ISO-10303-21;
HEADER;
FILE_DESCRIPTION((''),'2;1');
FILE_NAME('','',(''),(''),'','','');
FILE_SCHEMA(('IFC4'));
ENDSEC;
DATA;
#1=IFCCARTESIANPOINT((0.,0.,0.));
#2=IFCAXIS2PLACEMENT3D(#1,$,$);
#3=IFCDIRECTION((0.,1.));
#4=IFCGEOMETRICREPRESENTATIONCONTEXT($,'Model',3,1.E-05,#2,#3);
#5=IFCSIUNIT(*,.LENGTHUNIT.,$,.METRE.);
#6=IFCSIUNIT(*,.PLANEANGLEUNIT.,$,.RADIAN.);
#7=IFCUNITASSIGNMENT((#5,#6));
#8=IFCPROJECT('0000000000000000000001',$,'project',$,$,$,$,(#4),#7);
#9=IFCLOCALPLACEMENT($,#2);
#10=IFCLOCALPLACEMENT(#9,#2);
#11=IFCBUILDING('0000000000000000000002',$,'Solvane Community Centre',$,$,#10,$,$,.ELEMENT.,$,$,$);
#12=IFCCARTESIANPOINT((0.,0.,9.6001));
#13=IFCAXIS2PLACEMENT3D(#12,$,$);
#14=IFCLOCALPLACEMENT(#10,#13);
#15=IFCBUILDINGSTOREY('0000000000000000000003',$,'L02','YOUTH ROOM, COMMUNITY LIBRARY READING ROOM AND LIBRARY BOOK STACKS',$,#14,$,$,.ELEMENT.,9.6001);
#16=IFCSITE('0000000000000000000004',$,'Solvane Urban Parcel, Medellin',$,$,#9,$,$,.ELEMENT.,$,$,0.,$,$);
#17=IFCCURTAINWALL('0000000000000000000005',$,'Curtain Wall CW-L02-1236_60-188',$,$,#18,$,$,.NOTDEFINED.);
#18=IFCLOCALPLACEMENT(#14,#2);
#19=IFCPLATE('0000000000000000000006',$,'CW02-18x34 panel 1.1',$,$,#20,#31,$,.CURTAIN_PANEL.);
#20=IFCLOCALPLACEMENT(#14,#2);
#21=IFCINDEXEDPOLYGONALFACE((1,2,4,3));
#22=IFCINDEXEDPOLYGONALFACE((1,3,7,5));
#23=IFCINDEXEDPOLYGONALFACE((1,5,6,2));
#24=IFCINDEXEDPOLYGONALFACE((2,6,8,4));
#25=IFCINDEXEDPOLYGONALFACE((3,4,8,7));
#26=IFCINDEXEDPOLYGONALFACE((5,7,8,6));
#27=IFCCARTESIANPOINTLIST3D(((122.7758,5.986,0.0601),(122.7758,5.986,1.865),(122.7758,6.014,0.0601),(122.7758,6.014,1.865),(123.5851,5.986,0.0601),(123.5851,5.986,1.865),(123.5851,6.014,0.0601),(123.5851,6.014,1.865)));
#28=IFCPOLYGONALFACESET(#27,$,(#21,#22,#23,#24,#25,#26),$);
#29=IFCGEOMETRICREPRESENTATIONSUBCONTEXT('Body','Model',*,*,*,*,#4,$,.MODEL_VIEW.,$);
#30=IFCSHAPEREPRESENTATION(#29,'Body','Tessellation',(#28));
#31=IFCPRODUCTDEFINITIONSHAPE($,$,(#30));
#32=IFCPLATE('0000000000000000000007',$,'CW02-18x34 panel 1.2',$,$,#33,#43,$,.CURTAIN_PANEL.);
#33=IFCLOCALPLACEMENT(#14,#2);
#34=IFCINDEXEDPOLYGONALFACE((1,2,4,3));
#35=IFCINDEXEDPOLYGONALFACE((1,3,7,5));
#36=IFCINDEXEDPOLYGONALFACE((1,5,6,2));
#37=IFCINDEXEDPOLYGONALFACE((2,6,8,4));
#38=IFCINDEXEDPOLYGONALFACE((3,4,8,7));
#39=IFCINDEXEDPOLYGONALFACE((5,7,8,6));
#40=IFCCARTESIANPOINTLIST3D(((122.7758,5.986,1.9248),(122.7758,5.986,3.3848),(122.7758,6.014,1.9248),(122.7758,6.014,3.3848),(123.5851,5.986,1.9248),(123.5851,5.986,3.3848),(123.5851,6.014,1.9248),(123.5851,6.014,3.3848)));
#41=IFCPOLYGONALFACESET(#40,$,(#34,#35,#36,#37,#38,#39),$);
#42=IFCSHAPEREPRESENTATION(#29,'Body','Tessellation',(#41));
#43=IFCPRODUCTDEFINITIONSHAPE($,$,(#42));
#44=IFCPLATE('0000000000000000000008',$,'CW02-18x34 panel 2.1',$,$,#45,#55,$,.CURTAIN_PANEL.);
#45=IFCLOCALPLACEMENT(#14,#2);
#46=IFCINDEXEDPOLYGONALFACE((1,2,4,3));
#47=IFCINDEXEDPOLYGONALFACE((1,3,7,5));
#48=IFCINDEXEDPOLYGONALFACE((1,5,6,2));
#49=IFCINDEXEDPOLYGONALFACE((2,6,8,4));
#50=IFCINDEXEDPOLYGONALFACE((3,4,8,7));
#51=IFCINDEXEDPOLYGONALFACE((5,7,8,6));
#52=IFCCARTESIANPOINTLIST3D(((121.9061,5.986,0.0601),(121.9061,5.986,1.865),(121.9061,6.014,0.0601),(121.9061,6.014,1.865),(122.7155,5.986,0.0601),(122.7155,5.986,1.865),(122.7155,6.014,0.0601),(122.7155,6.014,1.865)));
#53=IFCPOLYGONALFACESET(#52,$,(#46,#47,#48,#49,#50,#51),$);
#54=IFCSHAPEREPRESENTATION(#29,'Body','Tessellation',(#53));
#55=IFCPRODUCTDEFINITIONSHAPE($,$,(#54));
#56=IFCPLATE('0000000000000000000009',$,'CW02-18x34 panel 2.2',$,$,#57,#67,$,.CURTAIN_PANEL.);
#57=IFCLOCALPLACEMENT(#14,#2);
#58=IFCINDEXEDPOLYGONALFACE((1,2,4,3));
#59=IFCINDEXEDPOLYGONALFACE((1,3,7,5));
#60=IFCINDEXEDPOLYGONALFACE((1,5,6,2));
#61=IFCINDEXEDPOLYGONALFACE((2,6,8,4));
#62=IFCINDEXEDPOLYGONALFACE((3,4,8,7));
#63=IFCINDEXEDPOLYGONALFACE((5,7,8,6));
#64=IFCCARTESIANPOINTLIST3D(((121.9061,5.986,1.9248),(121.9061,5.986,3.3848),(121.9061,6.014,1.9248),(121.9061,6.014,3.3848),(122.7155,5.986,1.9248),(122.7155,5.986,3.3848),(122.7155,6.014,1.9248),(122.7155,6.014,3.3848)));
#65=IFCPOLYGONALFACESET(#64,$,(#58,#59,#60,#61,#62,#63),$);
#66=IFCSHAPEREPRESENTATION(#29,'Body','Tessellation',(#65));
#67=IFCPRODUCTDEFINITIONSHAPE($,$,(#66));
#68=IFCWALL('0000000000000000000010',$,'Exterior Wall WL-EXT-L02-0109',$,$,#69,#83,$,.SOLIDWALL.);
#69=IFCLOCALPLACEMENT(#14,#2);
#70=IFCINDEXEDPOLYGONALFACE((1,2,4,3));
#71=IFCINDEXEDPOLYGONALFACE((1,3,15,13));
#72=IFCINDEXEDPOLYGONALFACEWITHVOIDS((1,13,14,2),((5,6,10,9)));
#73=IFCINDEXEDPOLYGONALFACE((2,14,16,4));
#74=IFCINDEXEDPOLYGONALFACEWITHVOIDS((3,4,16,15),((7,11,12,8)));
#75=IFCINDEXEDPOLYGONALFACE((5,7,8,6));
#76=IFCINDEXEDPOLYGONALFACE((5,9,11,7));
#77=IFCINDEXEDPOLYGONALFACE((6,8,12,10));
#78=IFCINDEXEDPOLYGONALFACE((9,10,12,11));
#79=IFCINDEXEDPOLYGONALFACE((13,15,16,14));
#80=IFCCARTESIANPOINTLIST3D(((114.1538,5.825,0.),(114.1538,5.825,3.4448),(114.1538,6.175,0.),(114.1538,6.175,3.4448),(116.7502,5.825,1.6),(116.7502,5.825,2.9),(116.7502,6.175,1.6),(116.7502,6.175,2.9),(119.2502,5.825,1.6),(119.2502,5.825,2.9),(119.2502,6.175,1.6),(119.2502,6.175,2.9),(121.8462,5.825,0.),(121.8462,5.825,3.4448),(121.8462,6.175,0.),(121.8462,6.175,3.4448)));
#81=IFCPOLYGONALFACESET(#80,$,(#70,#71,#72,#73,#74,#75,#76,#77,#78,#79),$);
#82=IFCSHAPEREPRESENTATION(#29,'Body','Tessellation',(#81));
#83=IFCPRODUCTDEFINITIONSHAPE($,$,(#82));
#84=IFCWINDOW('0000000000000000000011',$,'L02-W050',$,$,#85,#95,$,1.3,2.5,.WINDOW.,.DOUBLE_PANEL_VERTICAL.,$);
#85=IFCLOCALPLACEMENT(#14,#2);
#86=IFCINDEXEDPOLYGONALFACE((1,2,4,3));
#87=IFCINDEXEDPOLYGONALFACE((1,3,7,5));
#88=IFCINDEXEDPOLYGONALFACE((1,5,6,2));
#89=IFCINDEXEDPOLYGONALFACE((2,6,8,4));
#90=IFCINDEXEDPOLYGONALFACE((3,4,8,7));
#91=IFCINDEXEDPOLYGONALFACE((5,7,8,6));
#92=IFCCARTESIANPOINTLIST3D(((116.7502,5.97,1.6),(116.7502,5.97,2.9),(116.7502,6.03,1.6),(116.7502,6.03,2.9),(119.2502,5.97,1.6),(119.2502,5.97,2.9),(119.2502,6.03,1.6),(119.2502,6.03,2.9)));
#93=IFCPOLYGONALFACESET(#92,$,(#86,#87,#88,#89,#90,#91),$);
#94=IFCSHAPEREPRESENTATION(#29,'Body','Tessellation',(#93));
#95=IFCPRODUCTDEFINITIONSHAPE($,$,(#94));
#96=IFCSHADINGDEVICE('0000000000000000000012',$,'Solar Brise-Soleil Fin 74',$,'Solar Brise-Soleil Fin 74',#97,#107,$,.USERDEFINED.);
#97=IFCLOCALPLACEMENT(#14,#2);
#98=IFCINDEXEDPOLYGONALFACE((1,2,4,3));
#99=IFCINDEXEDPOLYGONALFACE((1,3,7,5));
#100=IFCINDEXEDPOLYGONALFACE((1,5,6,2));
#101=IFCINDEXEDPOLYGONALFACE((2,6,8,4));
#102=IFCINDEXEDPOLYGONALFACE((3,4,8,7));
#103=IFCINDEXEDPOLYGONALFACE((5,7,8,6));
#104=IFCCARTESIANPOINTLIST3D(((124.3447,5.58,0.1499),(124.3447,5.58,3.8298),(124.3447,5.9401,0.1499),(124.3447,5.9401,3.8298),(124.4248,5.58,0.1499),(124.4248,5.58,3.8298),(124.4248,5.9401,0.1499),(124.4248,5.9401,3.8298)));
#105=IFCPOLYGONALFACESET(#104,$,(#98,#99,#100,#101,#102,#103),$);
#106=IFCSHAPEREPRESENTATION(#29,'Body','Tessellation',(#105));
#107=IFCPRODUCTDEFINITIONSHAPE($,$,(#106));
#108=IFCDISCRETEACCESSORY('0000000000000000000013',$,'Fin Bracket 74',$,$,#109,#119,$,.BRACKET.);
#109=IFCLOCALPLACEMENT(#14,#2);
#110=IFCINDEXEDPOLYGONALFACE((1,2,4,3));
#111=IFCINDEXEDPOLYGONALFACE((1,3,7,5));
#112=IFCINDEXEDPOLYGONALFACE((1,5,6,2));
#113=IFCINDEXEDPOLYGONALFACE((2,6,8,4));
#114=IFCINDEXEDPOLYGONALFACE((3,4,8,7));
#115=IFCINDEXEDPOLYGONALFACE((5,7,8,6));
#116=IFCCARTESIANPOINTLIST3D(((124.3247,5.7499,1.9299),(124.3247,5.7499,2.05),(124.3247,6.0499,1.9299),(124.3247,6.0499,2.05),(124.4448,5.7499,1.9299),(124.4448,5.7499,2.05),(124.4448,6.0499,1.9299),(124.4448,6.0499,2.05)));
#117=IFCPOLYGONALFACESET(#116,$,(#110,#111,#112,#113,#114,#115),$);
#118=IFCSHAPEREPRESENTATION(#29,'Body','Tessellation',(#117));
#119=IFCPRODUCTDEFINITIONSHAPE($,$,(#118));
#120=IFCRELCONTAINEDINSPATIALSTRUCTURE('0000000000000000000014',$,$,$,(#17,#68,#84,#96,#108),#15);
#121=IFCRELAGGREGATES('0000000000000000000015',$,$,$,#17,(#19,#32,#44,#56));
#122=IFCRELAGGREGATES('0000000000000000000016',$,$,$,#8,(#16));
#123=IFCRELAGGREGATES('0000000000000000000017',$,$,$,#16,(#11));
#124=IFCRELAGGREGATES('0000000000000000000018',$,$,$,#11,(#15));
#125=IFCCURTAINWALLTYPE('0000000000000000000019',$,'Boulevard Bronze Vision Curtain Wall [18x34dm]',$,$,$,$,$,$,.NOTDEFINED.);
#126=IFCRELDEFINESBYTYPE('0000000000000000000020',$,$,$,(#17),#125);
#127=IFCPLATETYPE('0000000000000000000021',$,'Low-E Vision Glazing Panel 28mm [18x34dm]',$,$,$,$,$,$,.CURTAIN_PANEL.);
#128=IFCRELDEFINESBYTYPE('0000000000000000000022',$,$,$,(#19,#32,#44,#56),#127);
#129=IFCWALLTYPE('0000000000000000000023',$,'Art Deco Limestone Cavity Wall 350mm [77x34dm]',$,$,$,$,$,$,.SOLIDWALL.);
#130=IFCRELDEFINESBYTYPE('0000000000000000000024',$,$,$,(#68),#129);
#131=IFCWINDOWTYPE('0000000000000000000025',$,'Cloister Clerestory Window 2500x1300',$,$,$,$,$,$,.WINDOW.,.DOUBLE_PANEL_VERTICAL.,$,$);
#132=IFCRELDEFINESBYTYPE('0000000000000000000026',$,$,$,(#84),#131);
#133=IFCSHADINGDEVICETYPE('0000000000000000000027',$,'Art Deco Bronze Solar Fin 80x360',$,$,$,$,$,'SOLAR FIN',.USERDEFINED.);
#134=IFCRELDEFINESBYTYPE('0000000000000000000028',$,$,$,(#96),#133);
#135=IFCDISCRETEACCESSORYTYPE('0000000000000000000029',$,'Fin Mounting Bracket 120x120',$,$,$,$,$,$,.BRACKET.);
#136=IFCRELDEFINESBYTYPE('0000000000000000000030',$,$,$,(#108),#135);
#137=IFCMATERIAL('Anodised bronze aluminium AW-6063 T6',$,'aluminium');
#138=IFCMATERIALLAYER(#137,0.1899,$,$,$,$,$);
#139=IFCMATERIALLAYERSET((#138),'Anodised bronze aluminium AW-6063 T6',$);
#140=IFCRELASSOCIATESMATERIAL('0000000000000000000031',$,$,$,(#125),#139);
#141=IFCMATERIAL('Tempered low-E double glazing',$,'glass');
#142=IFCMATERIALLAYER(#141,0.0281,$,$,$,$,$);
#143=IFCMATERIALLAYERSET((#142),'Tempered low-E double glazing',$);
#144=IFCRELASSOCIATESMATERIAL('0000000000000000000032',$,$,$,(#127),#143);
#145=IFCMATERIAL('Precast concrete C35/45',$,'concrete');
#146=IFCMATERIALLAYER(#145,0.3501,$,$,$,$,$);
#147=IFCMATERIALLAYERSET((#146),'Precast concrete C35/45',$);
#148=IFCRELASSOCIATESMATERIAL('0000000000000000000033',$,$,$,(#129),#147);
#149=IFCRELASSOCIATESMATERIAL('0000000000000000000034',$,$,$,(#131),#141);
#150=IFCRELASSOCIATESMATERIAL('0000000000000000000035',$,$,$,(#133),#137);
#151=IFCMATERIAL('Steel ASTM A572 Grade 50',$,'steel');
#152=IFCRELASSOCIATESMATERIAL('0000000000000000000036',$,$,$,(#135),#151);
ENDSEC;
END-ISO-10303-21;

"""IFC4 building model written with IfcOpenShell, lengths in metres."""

from ifc_helpers import new_model, si_unit, direction, frame, frame_2d, origin, origin_2d, place, context, subcontext, project, spatial, rectangle, extrude, material, layer, layer_set, type_object, element, fill, aggregate, save


model = new_model("IFC4")

# Units and contexts
model_context = context("Model", 3, precision=1e-05, world=origin(), true_north=direction((0.0, 1.0)))
body_context = subcontext(model_context, "Body", "Model", "MODEL_VIEW")
ifc_project = project(units=[si_unit("LENGTHUNIT", "METRE"), si_unit("PLANEANGLEUNIT", "RADIAN")], contexts=[model_context])

# Site, building, storey
site_placement = place(None, origin())
site = spatial("IfcSite", under=ifc_project, at=site_placement, Name="Solvane Urban Parcel, Medellin", CompositionType="ELEMENT", RefElevation=0.0)
building_placement = place(site_placement, origin())
building = spatial("IfcBuilding", under=site, at=building_placement, Name="Solvane Community Centre", CompositionType="ELEMENT")
storey_placement = place(building_placement, frame((0.0, 0.0, 9.6001)))
storey = spatial("IfcBuildingStorey", under=building, at=storey_placement, Name="L02", Description="YOUTH ROOM, COMMUNITY LIBRARY READING ROOM AND LIBRARY BOOK STACKS", CompositionType="ELEMENT", Elevation=9.6001)

# Shared definitions
ifc_material_1 = material(Name="Precast concrete C35/45", Category="concrete")

# Curtain wall
ifc_material_2 = material(Name="Anodised bronze aluminium AW-6063 T6", Category="aluminium")
ifc_layer_1 = layer(ifc_material_2, 0.1899)
ifc_layer_set_1 = layer_set([ifc_layer_1], Name="Anodised bronze aluminium AW-6063 T6")
curtain_wall_type = type_object("IfcCurtainWallType", Name="Boulevard Bronze Vision Curtain Wall [18x34dm]", PredefinedType="NOTDEFINED", material=ifc_layer_set_1)
curtain_wall_placement = place(storey_placement, origin())
curtain_wall = element("IfcCurtainWall", 1, at=curtain_wall_placement, inside=storey, type_object=curtain_wall_type, Name="Curtain Wall CW-L02-1236_60-188", PredefinedType="NOTDEFINED")

# Plates
ifc_material_3 = material(Name="Tempered low-E double glazing", Category="glass")
ifc_layer_2 = layer(ifc_material_3, 0.0281)
ifc_layer_set_2 = layer_set([ifc_layer_2], Name="Tempered low-E double glazing")
plate_type_1 = type_object("IfcPlateType", Name="Low-E Vision Glazing Panel 28mm [18x34dm]", PredefinedType="CURTAIN_PANEL", material=ifc_layer_set_2)
plate_1_placement = place(storey_placement, frame((123.1804, 6.0, 0.0601), z_axis=(0.0, 0.0, 1.0), x_axis=(-1.0, 0.0, 0.0)))
plate_1 = element("IfcPlate", 2, at=plate_1_placement, type_object=plate_type_1, Name="CW02-18x34 panel 1.1", PredefinedType="CURTAIN_PANEL", context=body_context, shape_type="SweptSolid", body=[
    extrude(rectangle(XDim=0.8093, YDim=0.0281, at=origin_2d()), origin(), (0.0, 0.0, 1.0), 1.8049),
])
plate_2_placement = place(storey_placement, frame((123.1804, 6.0, 1.9248), z_axis=(0.0, 0.0, 1.0), x_axis=(-1.0, 0.0, 0.0)))
plate_2 = element("IfcPlate", 3, at=plate_2_placement, type_object=plate_type_1, Name="CW02-18x34 panel 1.2", PredefinedType="CURTAIN_PANEL", context=body_context, shape_type="SweptSolid", body=[
    extrude(rectangle(XDim=0.8093, YDim=0.0281, at=origin_2d()), origin(), (0.0, 0.0, 1.0), 1.46),
])
plate_3_placement = place(storey_placement, frame((122.3108, 6.0, 0.0601), z_axis=(0.0, 0.0, 1.0), x_axis=(-1.0, 0.0, 0.0)))
plate_3 = element("IfcPlate", 4, at=plate_3_placement, type_object=plate_type_1, Name="CW02-18x34 panel 2.1", PredefinedType="CURTAIN_PANEL", context=body_context, shape_type="SweptSolid", body=[
    extrude(rectangle(XDim=0.8093, YDim=0.0281, at=origin_2d()), origin(), (0.0, 0.0, 1.0), 1.8049),
])
plate_4_placement = place(storey_placement, frame((122.3108, 6.0, 1.9248), z_axis=(0.0, 0.0, 1.0), x_axis=(-1.0, 0.0, 0.0)))
plate_4 = element("IfcPlate", 5, at=plate_4_placement, type_object=plate_type_1, Name="CW02-18x34 panel 2.2", PredefinedType="CURTAIN_PANEL", context=body_context, shape_type="SweptSolid", body=[
    extrude(rectangle(XDim=0.8093, YDim=0.0281, at=origin_2d()), origin(), (0.0, 0.0, 1.0), 1.46),
])
aggregate(curtain_wall, [plate_1, plate_2, plate_3, plate_4])

# Wall, opening, window
ifc_layer_3 = layer(ifc_material_1, 0.3501)
ifc_layer_set_3 = layer_set([ifc_layer_3], Name="Precast concrete C35/45")
wall_type = type_object("IfcWallType", Name="Art Deco Limestone Cavity Wall 350mm [77x34dm]", PredefinedType="SOLIDWALL", material=ifc_layer_set_3)
wall_placement = place(storey_placement, frame((121.8462, 6.0, 0.0), z_axis=(0.0, 0.0, 1.0), x_axis=(-1.0, 0.0, 0.0)))
wall = element("IfcWall", 6, at=wall_placement, inside=storey, type_object=wall_type, Name="Exterior Wall WL-EXT-L02-0109", PredefinedType="SOLIDWALL", context=body_context, shape_type="SweptSolid", body=[
    extrude(rectangle(XDim=7.6924, YDim=0.3501, at=frame_2d((3.8462, 0.0))), origin(), (0.0, 0.0, 1.0), 3.4448),
])
opening_placement = place(wall_placement, frame((2.5959, 0.0, 1.6001)))
opening = element("IfcOpeningElement", 7, at=opening_placement, cuts=wall, PredefinedType="OPENING", context=body_context, shape_type="SweptSolid", body=[
    extrude(rectangle(XDim=2.5, YDim=1.3, at=frame_2d((1.25, 0.6499))), frame((0.0, 0.1851, 0.0), z_axis=(0.0, -1.0, 0.0), x_axis=(1.0, 0.0, 0.0)), (0.0, 0.0, 1.0), 0.3701),
])
window_type = type_object("IfcWindowType", Name="Cloister Clerestory Window 2500x1300", PartitioningType="DOUBLE_PANEL_VERTICAL", PredefinedType="WINDOW", material=ifc_material_3)
window_placement = place(opening_placement, origin())
window = element("IfcWindow", 8, at=window_placement, inside=storey, type_object=window_type, Name="L02-W050", OverallHeight=1.3, OverallWidth=2.5, PartitioningType="DOUBLE_PANEL_VERTICAL", PredefinedType="WINDOW", context=body_context, shape_type="SweptSolid", body=[
    extrude(rectangle(XDim=2.5, YDim=1.3, at=frame_2d((1.25, 0.6499))), frame((0.0, 0.03, 0.0), z_axis=(0.0, -1.0, 0.0), x_axis=(1.0, 0.0, 0.0)), (0.0, 0.0, 1.0), 0.0601),
])
fill(opening, window)

# Shading device
shading_device_type = type_object("IfcShadingDeviceType", Name="Art Deco Bronze Solar Fin 80x360", ElementType="SOLAR FIN", PredefinedType="USERDEFINED", material=ifc_material_2)
shading_device_placement = place(storey_placement, frame((124.3848, 5.76, 0.1499), z_axis=(0.0, 0.0, 1.0), x_axis=(-1.0, 0.0, 0.0)))
element("IfcShadingDevice", 9, at=shading_device_placement, inside=storey, type_object=shading_device_type, Name="Solar Brise-Soleil Fin 74", ObjectType="Solar Brise-Soleil Fin 74", PredefinedType="USERDEFINED", context=body_context, shape_type="SweptSolid", body=[
    extrude(rectangle(XDim=0.0801, YDim=0.3601, at=origin_2d()), origin(), (0.0, 0.0, 1.0), 3.6799),
])

# Discrete accessory
ifc_material_4 = material(Name="Steel ASTM A572 Grade 50", Category="steel")
discrete_accessory_type = type_object("IfcDiscreteAccessoryType", Name="Fin Mounting Bracket 120x120", PredefinedType="BRACKET", material=ifc_material_4)
discrete_accessory_placement = place(storey_placement, frame((124.3848, 5.8999, 1.9299), z_axis=(0.0, 0.0, 1.0), x_axis=(-1.0, 0.0, 0.0)))
element("IfcDiscreteAccessory", 10, at=discrete_accessory_placement, inside=storey, type_object=discrete_accessory_type, Name="Fin Bracket 74", PredefinedType="BRACKET", context=body_context, shape_type="SweptSolid", body=[
    extrude(rectangle(XDim=0.1201, YDim=0.3, at=origin_2d()), origin(), (0.0, 0.0, 1.0), 0.1201),
])

save(model, "model.ifc")
